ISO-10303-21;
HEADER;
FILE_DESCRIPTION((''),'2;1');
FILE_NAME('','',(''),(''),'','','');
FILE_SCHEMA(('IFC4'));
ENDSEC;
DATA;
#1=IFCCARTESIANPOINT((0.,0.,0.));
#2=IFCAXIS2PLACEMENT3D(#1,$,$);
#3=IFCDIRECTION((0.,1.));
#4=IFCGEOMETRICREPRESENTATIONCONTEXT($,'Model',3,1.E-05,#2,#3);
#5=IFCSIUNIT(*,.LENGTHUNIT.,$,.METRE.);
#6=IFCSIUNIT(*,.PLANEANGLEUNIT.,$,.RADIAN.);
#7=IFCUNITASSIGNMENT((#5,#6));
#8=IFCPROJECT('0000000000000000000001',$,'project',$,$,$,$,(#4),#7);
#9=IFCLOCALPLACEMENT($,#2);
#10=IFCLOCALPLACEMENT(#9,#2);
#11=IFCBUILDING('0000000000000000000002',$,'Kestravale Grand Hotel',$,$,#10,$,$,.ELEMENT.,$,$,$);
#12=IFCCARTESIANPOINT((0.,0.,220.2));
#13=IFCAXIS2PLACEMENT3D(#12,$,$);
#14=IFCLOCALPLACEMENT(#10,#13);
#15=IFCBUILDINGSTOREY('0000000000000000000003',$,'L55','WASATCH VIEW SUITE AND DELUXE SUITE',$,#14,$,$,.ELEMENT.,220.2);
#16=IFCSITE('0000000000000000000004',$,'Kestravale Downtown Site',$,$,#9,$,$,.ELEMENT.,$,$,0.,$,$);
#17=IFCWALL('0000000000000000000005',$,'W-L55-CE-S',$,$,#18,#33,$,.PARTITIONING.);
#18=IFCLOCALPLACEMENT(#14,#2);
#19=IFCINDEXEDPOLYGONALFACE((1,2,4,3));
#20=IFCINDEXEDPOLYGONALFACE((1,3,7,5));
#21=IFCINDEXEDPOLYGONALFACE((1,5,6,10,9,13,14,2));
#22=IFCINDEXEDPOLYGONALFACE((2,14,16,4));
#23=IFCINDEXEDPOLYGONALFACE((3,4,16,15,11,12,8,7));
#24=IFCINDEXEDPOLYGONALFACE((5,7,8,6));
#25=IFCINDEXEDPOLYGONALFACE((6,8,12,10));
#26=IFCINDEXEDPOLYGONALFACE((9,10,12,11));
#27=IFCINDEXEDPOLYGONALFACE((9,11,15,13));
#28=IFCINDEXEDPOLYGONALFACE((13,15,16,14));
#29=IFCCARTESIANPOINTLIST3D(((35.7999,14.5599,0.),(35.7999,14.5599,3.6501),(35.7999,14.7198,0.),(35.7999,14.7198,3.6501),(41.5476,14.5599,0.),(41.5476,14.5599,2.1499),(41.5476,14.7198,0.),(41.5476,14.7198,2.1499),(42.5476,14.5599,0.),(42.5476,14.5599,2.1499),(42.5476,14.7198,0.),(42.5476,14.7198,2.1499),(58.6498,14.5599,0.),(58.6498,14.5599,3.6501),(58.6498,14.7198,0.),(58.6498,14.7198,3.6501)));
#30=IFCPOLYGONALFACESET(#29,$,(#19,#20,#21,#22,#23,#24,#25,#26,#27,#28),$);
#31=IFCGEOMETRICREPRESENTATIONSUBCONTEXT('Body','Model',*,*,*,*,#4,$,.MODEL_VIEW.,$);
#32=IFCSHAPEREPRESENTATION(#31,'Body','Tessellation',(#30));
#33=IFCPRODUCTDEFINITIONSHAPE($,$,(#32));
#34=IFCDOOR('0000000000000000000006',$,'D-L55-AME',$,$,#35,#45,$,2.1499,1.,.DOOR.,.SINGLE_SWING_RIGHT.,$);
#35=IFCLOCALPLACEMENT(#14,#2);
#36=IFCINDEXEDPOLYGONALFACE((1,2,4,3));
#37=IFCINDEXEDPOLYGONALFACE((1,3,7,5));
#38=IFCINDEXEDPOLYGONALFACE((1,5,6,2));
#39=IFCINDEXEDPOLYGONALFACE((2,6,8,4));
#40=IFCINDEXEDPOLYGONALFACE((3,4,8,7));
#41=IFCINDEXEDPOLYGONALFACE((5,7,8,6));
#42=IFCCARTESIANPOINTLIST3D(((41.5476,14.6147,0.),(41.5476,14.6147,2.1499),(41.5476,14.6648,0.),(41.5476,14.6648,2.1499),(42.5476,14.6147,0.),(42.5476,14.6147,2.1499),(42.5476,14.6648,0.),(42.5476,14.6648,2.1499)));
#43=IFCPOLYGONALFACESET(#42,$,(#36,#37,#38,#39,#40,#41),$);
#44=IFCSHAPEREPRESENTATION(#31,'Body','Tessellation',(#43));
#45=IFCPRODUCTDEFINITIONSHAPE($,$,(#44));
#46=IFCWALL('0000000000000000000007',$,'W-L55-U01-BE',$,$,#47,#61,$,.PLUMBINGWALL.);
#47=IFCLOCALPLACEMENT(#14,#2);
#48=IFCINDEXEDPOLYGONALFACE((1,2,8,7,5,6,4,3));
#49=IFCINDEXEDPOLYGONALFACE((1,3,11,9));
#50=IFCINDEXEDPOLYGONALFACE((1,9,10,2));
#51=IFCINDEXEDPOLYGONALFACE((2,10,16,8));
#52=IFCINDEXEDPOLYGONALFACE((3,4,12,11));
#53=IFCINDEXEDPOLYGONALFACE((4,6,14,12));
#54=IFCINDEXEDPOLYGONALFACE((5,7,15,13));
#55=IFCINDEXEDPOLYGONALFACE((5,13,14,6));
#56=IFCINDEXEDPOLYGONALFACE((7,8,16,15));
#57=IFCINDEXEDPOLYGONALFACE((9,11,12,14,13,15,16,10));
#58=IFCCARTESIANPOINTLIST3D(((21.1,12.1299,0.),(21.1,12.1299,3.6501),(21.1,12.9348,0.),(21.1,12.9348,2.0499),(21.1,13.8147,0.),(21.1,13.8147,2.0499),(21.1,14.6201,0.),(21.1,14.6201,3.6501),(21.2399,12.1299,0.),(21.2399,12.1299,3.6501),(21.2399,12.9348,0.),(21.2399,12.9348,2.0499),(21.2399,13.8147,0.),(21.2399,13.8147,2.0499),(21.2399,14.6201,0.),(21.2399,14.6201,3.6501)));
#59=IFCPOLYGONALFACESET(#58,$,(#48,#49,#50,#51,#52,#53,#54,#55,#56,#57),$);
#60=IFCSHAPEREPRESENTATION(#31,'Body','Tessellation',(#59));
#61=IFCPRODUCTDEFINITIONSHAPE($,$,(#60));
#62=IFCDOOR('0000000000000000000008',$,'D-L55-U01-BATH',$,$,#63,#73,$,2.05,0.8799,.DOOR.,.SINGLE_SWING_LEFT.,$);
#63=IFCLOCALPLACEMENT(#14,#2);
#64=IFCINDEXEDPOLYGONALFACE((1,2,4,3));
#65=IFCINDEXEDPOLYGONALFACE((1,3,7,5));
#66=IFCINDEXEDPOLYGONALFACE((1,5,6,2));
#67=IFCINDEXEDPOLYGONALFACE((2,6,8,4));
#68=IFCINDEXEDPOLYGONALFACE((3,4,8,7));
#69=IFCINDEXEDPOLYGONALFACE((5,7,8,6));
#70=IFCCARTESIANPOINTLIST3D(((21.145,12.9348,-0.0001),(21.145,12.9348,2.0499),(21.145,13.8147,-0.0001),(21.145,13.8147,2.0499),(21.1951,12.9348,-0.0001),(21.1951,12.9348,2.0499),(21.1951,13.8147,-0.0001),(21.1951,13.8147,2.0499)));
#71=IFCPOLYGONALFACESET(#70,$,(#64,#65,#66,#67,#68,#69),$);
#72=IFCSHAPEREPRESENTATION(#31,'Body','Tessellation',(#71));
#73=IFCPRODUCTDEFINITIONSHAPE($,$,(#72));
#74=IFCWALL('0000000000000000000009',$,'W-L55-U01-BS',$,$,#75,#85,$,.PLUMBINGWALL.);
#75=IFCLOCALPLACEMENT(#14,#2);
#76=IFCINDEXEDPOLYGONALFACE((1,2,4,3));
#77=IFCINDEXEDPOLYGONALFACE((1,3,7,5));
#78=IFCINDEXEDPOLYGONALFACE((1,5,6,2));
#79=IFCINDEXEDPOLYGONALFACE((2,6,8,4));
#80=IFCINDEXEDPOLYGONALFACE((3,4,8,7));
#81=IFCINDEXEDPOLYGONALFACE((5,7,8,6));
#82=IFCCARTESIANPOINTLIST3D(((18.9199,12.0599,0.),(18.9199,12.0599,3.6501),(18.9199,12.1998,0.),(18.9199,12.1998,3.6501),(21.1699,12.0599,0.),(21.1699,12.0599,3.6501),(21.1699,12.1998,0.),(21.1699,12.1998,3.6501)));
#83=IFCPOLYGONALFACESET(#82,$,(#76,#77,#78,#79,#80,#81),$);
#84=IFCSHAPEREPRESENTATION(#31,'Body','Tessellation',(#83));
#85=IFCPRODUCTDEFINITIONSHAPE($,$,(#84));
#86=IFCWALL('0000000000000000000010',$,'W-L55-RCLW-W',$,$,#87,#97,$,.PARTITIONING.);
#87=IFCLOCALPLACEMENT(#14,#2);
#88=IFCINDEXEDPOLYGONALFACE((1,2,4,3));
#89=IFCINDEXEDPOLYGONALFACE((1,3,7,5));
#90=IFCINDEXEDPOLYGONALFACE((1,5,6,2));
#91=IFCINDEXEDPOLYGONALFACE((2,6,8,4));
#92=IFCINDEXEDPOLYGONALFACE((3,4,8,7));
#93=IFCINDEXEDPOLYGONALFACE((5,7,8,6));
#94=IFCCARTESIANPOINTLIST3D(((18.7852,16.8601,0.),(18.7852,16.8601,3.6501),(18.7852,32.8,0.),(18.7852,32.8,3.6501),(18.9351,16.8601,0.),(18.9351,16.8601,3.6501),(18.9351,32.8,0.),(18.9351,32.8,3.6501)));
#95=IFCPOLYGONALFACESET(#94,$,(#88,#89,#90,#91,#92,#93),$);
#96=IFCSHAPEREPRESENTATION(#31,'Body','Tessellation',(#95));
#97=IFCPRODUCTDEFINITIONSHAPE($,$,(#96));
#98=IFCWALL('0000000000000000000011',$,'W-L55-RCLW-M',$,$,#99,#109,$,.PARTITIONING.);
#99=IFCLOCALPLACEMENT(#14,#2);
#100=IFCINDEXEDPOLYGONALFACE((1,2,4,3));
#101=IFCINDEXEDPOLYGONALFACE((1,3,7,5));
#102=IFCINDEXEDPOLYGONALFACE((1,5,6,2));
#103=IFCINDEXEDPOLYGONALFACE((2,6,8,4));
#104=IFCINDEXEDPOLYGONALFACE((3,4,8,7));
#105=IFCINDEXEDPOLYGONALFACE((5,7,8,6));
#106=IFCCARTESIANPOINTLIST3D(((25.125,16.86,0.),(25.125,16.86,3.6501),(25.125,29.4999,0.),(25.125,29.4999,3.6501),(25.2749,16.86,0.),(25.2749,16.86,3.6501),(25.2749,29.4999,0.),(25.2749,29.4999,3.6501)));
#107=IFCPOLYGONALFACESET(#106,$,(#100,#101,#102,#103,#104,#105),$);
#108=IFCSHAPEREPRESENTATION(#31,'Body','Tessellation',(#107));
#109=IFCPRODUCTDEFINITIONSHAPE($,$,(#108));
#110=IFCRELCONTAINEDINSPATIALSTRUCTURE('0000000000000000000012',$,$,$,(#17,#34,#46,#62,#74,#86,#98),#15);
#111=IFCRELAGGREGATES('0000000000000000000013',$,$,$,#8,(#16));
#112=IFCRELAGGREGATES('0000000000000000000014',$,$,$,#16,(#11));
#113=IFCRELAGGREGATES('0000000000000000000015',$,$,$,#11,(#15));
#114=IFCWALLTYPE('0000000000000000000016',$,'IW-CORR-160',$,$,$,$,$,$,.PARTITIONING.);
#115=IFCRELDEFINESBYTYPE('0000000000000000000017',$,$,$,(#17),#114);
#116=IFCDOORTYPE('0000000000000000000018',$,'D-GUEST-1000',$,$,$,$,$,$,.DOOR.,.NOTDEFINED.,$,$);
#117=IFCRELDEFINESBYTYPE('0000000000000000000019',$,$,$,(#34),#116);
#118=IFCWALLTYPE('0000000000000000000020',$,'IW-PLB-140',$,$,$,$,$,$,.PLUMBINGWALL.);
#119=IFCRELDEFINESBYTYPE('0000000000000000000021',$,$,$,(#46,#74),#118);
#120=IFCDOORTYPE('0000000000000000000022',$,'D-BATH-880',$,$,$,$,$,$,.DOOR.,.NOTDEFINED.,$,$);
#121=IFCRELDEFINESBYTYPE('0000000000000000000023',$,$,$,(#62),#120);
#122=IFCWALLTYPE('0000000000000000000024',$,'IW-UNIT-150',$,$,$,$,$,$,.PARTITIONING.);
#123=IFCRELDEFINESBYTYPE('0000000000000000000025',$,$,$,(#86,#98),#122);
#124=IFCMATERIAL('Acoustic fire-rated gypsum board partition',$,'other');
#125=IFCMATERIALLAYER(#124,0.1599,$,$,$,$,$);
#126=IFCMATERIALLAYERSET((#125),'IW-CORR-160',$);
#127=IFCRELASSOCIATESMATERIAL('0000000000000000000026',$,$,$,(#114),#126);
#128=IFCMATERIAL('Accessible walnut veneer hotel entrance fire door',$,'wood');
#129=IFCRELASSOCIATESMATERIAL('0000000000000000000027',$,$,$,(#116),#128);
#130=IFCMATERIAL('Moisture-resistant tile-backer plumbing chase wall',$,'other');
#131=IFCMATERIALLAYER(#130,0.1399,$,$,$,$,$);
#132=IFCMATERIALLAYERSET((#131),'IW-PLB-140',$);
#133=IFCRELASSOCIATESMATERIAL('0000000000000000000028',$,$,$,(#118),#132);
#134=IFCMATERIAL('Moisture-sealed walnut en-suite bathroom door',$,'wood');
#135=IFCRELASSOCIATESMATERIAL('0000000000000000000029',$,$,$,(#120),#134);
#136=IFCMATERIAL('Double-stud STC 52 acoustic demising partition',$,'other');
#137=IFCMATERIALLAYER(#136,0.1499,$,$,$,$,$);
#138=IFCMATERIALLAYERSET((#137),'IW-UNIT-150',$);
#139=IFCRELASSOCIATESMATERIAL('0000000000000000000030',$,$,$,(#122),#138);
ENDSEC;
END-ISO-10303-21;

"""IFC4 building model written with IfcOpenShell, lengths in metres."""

from ifc_helpers import new_model, si_unit, direction, frame, frame_2d, origin, place, context, subcontext, project, spatial, rectangle, extrude, material, layer, layer_set, type_object, element, fill, save


model = new_model("IFC4")

# Units and contexts
model_context = context("Model", 3, precision=1e-05, world=origin(), true_north=direction((0.0, 1.0)))
body_context = subcontext(model_context, "Body", "Model", "MODEL_VIEW")
ifc_project = project(units=[si_unit("LENGTHUNIT", "METRE"), si_unit("PLANEANGLEUNIT", "RADIAN")], contexts=[model_context])

# Site, building, storey
site_placement = place(None, origin())
site = spatial("IfcSite", under=ifc_project, at=site_placement, Name="Kestravale Downtown Site", CompositionType="ELEMENT", RefElevation=0.0)
building_placement = place(site_placement, origin())
building = spatial("IfcBuilding", under=site, at=building_placement, Name="Kestravale Grand Hotel", CompositionType="ELEMENT")
storey_placement = place(building_placement, frame((0.0, 0.0, 220.2)))
storey = spatial("IfcBuildingStorey", under=building, at=storey_placement, Name="L55", Description="WASATCH VIEW SUITE AND DELUXE SUITE", CompositionType="ELEMENT", Elevation=220.2)

# Shared definitions
ifc_material_1 = material(Name="Acoustic fire-rated gypsum board partition", Category="other")
ifc_layer_1 = layer(ifc_material_1, 0.1599)
ifc_layer_set_1 = layer_set([ifc_layer_1], Name="IW-CORR-160")
wall_type_1 = type_object("IfcWallType", Name="IW-CORR-160", PredefinedType="PARTITIONING", material=ifc_layer_set_1)
ifc_material_2 = material(Name="Accessible walnut veneer hotel entrance fire door", Category="wood")
door_type_1 = type_object("IfcDoorType", Name="D-GUEST-1000", OperationType="NOTDEFINED", PredefinedType="DOOR", material=ifc_material_2)

# Walls, openings, doors
wall_1_placement = place(storey_placement, frame((35.8, 14.6399, 0.0), z_axis=(0.0, 0.0, 1.0), x_axis=(1.0, 0.0, 0.0)))
wall_1 = element("IfcWall", 1, at=wall_1_placement, inside=storey, type_object=wall_type_1, Name="W-L55-CE-S", PredefinedType="PARTITIONING", context=body_context, shape_type="SweptSolid", body=[
    extrude(rectangle(XDim=22.8499, YDim=0.1599, at=frame_2d((11.4248, 0.0))), origin(), (0.0, 0.0, 1.0), 3.6501),
])
opening_1_placement = place(wall_1_placement, frame((5.7476, 0.0, 0.0)))
opening_1 = element("IfcOpeningElement", 2, at=opening_1_placement, cuts=wall_1, PredefinedType="OPENING", context=body_context, shape_type="SweptSolid", body=[
    extrude(rectangle(XDim=1.0, YDim=2.1499, at=frame_2d((0.5, 1.075))), frame((0.0, 0.0898, 0.0), z_axis=(0.0, -1.0, 0.0), x_axis=(1.0, 0.0, 0.0)), (0.0, 0.0, 1.0), 0.1799),
])
door_1_placement = place(opening_1_placement, origin())
door_1 = element("IfcDoor", 3, at=door_1_placement, inside=storey, type_object=door_type_1, Name="D-L55-AME", OperationType="SINGLE_SWING_RIGHT", OverallHeight=2.1499, OverallWidth=1.0, PredefinedType="DOOR", context=body_context, shape_type="SweptSolid", body=[
    extrude(rectangle(XDim=1.0, YDim=2.1499, at=frame_2d((0.5, 1.075))), frame((0.0, 0.0249, 0.0), z_axis=(0.0, -1.0, 0.0), x_axis=(1.0, 0.0, 0.0)), (0.0, 0.0, 1.0), 0.05),
])
fill(opening_1, door_1)
ifc_material_3 = material(Name="Moisture-resistant tile-backer plumbing chase wall", Category="other")
ifc_layer_2 = layer(ifc_material_3, 0.1399)
ifc_layer_set_2 = layer_set([ifc_layer_2], Name="IW-PLB-140")
wall_type_2 = type_object("IfcWallType", Name="IW-PLB-140", PredefinedType="PLUMBINGWALL", material=ifc_layer_set_2)
wall_2_placement = place(storey_placement, frame((21.1699, 12.1299, 0.0), z_axis=(0.0, 0.0, 1.0), x_axis=(0.0, 1.0, 0.0)))
wall_2 = element("IfcWall", 4, at=wall_2_placement, inside=storey, type_object=wall_type_2, Name="W-L55-U01-BE", PredefinedType="PLUMBINGWALL", context=body_context, shape_type="SweptSolid", body=[
    extrude(rectangle(XDim=2.4902, YDim=0.1399, at=frame_2d((1.2451, 0.0))), origin(), (0.0, 0.0, 1.0), 3.6501),
])
opening_2_placement = place(wall_2_placement, frame((0.8049, 0.0, 0.0)))
opening_2 = element("IfcOpeningElement", 5, at=opening_2_placement, cuts=wall_2, PredefinedType="OPENING", context=body_context, shape_type="SweptSolid", body=[
    extrude(rectangle(XDim=0.8799, YDim=2.05, at=frame_2d((0.4399, 1.0249))), frame((0.0, 0.0798, 0.0), z_axis=(0.0, -1.0, 0.0), x_axis=(1.0, 0.0, 0.0)), (0.0, 0.0, 1.0), 0.1599),
])
ifc_material_4 = material(Name="Moisture-sealed walnut en-suite bathroom door", Category="wood")
door_type_2 = type_object("IfcDoorType", Name="D-BATH-880", OperationType="NOTDEFINED", PredefinedType="DOOR", material=ifc_material_4)
door_2_placement = place(opening_2_placement, origin())
door_2 = element("IfcDoor", 6, at=door_2_placement, inside=storey, type_object=door_type_2, Name="D-L55-U01-BATH", OperationType="SINGLE_SWING_LEFT", OverallHeight=2.05, OverallWidth=0.8799, PredefinedType="DOOR", context=body_context, shape_type="SweptSolid", body=[
    extrude(rectangle(XDim=0.8799, YDim=2.05, at=frame_2d((0.4399, 1.0249))), frame((0.0, 0.0249, 0.0), z_axis=(0.0, -1.0, 0.0), x_axis=(1.0, 0.0, 0.0)), (0.0, 0.0, 1.0), 0.05),
])
fill(opening_2, door_2)

# Walls
wall_3_placement = place(storey_placement, frame((18.9199, 12.1299, 0.0), z_axis=(0.0, 0.0, 1.0), x_axis=(1.0, 0.0, 0.0)))
element("IfcWall", 7, at=wall_3_placement, inside=storey, type_object=wall_type_2, Name="W-L55-U01-BS", PredefinedType="PLUMBINGWALL", context=body_context, shape_type="SweptSolid", body=[
    extrude(rectangle(XDim=2.25, YDim=0.1399, at=frame_2d((1.125, 0.0))), origin(), (0.0, 0.0, 1.0), 3.6501),
])
ifc_material_5 = material(Name="Double-stud STC 52 acoustic demising partition", Category="other")
ifc_layer_3 = layer(ifc_material_5, 0.1499)
ifc_layer_set_3 = layer_set([ifc_layer_3], Name="IW-UNIT-150")
wall_type_3 = type_object("IfcWallType", Name="IW-UNIT-150", PredefinedType="PARTITIONING", material=ifc_layer_set_3)
wall_4_placement = place(storey_placement, frame((18.8601, 16.8601, 0.0), z_axis=(0.0, 0.0, 1.0), x_axis=(0.0, 1.0, 0.0)))
element("IfcWall", 8, at=wall_4_placement, inside=storey, type_object=wall_type_3, Name="W-L55-RCLW-W", PredefinedType="PARTITIONING", context=body_context, shape_type="SweptSolid", body=[
    extrude(rectangle(XDim=15.9399, YDim=0.1499, at=frame_2d((7.97, 0.0))), origin(), (0.0, 0.0, 1.0), 3.6501),
])
wall_5_placement = place(storey_placement, frame((25.2, 16.8601, 0.0), z_axis=(0.0, 0.0, 1.0), x_axis=(0.0, 1.0, 0.0)))
element("IfcWall", 9, at=wall_5_placement, inside=storey, type_object=wall_type_3, Name="W-L55-RCLW-M", PredefinedType="PARTITIONING", context=body_context, shape_type="SweptSolid", body=[
    extrude(rectangle(XDim=12.6399, YDim=0.1499, at=frame_2d((6.3198, 0.0))), origin(), (0.0, 0.0, 1.0), 3.6501),
])

save(model, "model.ifc")
